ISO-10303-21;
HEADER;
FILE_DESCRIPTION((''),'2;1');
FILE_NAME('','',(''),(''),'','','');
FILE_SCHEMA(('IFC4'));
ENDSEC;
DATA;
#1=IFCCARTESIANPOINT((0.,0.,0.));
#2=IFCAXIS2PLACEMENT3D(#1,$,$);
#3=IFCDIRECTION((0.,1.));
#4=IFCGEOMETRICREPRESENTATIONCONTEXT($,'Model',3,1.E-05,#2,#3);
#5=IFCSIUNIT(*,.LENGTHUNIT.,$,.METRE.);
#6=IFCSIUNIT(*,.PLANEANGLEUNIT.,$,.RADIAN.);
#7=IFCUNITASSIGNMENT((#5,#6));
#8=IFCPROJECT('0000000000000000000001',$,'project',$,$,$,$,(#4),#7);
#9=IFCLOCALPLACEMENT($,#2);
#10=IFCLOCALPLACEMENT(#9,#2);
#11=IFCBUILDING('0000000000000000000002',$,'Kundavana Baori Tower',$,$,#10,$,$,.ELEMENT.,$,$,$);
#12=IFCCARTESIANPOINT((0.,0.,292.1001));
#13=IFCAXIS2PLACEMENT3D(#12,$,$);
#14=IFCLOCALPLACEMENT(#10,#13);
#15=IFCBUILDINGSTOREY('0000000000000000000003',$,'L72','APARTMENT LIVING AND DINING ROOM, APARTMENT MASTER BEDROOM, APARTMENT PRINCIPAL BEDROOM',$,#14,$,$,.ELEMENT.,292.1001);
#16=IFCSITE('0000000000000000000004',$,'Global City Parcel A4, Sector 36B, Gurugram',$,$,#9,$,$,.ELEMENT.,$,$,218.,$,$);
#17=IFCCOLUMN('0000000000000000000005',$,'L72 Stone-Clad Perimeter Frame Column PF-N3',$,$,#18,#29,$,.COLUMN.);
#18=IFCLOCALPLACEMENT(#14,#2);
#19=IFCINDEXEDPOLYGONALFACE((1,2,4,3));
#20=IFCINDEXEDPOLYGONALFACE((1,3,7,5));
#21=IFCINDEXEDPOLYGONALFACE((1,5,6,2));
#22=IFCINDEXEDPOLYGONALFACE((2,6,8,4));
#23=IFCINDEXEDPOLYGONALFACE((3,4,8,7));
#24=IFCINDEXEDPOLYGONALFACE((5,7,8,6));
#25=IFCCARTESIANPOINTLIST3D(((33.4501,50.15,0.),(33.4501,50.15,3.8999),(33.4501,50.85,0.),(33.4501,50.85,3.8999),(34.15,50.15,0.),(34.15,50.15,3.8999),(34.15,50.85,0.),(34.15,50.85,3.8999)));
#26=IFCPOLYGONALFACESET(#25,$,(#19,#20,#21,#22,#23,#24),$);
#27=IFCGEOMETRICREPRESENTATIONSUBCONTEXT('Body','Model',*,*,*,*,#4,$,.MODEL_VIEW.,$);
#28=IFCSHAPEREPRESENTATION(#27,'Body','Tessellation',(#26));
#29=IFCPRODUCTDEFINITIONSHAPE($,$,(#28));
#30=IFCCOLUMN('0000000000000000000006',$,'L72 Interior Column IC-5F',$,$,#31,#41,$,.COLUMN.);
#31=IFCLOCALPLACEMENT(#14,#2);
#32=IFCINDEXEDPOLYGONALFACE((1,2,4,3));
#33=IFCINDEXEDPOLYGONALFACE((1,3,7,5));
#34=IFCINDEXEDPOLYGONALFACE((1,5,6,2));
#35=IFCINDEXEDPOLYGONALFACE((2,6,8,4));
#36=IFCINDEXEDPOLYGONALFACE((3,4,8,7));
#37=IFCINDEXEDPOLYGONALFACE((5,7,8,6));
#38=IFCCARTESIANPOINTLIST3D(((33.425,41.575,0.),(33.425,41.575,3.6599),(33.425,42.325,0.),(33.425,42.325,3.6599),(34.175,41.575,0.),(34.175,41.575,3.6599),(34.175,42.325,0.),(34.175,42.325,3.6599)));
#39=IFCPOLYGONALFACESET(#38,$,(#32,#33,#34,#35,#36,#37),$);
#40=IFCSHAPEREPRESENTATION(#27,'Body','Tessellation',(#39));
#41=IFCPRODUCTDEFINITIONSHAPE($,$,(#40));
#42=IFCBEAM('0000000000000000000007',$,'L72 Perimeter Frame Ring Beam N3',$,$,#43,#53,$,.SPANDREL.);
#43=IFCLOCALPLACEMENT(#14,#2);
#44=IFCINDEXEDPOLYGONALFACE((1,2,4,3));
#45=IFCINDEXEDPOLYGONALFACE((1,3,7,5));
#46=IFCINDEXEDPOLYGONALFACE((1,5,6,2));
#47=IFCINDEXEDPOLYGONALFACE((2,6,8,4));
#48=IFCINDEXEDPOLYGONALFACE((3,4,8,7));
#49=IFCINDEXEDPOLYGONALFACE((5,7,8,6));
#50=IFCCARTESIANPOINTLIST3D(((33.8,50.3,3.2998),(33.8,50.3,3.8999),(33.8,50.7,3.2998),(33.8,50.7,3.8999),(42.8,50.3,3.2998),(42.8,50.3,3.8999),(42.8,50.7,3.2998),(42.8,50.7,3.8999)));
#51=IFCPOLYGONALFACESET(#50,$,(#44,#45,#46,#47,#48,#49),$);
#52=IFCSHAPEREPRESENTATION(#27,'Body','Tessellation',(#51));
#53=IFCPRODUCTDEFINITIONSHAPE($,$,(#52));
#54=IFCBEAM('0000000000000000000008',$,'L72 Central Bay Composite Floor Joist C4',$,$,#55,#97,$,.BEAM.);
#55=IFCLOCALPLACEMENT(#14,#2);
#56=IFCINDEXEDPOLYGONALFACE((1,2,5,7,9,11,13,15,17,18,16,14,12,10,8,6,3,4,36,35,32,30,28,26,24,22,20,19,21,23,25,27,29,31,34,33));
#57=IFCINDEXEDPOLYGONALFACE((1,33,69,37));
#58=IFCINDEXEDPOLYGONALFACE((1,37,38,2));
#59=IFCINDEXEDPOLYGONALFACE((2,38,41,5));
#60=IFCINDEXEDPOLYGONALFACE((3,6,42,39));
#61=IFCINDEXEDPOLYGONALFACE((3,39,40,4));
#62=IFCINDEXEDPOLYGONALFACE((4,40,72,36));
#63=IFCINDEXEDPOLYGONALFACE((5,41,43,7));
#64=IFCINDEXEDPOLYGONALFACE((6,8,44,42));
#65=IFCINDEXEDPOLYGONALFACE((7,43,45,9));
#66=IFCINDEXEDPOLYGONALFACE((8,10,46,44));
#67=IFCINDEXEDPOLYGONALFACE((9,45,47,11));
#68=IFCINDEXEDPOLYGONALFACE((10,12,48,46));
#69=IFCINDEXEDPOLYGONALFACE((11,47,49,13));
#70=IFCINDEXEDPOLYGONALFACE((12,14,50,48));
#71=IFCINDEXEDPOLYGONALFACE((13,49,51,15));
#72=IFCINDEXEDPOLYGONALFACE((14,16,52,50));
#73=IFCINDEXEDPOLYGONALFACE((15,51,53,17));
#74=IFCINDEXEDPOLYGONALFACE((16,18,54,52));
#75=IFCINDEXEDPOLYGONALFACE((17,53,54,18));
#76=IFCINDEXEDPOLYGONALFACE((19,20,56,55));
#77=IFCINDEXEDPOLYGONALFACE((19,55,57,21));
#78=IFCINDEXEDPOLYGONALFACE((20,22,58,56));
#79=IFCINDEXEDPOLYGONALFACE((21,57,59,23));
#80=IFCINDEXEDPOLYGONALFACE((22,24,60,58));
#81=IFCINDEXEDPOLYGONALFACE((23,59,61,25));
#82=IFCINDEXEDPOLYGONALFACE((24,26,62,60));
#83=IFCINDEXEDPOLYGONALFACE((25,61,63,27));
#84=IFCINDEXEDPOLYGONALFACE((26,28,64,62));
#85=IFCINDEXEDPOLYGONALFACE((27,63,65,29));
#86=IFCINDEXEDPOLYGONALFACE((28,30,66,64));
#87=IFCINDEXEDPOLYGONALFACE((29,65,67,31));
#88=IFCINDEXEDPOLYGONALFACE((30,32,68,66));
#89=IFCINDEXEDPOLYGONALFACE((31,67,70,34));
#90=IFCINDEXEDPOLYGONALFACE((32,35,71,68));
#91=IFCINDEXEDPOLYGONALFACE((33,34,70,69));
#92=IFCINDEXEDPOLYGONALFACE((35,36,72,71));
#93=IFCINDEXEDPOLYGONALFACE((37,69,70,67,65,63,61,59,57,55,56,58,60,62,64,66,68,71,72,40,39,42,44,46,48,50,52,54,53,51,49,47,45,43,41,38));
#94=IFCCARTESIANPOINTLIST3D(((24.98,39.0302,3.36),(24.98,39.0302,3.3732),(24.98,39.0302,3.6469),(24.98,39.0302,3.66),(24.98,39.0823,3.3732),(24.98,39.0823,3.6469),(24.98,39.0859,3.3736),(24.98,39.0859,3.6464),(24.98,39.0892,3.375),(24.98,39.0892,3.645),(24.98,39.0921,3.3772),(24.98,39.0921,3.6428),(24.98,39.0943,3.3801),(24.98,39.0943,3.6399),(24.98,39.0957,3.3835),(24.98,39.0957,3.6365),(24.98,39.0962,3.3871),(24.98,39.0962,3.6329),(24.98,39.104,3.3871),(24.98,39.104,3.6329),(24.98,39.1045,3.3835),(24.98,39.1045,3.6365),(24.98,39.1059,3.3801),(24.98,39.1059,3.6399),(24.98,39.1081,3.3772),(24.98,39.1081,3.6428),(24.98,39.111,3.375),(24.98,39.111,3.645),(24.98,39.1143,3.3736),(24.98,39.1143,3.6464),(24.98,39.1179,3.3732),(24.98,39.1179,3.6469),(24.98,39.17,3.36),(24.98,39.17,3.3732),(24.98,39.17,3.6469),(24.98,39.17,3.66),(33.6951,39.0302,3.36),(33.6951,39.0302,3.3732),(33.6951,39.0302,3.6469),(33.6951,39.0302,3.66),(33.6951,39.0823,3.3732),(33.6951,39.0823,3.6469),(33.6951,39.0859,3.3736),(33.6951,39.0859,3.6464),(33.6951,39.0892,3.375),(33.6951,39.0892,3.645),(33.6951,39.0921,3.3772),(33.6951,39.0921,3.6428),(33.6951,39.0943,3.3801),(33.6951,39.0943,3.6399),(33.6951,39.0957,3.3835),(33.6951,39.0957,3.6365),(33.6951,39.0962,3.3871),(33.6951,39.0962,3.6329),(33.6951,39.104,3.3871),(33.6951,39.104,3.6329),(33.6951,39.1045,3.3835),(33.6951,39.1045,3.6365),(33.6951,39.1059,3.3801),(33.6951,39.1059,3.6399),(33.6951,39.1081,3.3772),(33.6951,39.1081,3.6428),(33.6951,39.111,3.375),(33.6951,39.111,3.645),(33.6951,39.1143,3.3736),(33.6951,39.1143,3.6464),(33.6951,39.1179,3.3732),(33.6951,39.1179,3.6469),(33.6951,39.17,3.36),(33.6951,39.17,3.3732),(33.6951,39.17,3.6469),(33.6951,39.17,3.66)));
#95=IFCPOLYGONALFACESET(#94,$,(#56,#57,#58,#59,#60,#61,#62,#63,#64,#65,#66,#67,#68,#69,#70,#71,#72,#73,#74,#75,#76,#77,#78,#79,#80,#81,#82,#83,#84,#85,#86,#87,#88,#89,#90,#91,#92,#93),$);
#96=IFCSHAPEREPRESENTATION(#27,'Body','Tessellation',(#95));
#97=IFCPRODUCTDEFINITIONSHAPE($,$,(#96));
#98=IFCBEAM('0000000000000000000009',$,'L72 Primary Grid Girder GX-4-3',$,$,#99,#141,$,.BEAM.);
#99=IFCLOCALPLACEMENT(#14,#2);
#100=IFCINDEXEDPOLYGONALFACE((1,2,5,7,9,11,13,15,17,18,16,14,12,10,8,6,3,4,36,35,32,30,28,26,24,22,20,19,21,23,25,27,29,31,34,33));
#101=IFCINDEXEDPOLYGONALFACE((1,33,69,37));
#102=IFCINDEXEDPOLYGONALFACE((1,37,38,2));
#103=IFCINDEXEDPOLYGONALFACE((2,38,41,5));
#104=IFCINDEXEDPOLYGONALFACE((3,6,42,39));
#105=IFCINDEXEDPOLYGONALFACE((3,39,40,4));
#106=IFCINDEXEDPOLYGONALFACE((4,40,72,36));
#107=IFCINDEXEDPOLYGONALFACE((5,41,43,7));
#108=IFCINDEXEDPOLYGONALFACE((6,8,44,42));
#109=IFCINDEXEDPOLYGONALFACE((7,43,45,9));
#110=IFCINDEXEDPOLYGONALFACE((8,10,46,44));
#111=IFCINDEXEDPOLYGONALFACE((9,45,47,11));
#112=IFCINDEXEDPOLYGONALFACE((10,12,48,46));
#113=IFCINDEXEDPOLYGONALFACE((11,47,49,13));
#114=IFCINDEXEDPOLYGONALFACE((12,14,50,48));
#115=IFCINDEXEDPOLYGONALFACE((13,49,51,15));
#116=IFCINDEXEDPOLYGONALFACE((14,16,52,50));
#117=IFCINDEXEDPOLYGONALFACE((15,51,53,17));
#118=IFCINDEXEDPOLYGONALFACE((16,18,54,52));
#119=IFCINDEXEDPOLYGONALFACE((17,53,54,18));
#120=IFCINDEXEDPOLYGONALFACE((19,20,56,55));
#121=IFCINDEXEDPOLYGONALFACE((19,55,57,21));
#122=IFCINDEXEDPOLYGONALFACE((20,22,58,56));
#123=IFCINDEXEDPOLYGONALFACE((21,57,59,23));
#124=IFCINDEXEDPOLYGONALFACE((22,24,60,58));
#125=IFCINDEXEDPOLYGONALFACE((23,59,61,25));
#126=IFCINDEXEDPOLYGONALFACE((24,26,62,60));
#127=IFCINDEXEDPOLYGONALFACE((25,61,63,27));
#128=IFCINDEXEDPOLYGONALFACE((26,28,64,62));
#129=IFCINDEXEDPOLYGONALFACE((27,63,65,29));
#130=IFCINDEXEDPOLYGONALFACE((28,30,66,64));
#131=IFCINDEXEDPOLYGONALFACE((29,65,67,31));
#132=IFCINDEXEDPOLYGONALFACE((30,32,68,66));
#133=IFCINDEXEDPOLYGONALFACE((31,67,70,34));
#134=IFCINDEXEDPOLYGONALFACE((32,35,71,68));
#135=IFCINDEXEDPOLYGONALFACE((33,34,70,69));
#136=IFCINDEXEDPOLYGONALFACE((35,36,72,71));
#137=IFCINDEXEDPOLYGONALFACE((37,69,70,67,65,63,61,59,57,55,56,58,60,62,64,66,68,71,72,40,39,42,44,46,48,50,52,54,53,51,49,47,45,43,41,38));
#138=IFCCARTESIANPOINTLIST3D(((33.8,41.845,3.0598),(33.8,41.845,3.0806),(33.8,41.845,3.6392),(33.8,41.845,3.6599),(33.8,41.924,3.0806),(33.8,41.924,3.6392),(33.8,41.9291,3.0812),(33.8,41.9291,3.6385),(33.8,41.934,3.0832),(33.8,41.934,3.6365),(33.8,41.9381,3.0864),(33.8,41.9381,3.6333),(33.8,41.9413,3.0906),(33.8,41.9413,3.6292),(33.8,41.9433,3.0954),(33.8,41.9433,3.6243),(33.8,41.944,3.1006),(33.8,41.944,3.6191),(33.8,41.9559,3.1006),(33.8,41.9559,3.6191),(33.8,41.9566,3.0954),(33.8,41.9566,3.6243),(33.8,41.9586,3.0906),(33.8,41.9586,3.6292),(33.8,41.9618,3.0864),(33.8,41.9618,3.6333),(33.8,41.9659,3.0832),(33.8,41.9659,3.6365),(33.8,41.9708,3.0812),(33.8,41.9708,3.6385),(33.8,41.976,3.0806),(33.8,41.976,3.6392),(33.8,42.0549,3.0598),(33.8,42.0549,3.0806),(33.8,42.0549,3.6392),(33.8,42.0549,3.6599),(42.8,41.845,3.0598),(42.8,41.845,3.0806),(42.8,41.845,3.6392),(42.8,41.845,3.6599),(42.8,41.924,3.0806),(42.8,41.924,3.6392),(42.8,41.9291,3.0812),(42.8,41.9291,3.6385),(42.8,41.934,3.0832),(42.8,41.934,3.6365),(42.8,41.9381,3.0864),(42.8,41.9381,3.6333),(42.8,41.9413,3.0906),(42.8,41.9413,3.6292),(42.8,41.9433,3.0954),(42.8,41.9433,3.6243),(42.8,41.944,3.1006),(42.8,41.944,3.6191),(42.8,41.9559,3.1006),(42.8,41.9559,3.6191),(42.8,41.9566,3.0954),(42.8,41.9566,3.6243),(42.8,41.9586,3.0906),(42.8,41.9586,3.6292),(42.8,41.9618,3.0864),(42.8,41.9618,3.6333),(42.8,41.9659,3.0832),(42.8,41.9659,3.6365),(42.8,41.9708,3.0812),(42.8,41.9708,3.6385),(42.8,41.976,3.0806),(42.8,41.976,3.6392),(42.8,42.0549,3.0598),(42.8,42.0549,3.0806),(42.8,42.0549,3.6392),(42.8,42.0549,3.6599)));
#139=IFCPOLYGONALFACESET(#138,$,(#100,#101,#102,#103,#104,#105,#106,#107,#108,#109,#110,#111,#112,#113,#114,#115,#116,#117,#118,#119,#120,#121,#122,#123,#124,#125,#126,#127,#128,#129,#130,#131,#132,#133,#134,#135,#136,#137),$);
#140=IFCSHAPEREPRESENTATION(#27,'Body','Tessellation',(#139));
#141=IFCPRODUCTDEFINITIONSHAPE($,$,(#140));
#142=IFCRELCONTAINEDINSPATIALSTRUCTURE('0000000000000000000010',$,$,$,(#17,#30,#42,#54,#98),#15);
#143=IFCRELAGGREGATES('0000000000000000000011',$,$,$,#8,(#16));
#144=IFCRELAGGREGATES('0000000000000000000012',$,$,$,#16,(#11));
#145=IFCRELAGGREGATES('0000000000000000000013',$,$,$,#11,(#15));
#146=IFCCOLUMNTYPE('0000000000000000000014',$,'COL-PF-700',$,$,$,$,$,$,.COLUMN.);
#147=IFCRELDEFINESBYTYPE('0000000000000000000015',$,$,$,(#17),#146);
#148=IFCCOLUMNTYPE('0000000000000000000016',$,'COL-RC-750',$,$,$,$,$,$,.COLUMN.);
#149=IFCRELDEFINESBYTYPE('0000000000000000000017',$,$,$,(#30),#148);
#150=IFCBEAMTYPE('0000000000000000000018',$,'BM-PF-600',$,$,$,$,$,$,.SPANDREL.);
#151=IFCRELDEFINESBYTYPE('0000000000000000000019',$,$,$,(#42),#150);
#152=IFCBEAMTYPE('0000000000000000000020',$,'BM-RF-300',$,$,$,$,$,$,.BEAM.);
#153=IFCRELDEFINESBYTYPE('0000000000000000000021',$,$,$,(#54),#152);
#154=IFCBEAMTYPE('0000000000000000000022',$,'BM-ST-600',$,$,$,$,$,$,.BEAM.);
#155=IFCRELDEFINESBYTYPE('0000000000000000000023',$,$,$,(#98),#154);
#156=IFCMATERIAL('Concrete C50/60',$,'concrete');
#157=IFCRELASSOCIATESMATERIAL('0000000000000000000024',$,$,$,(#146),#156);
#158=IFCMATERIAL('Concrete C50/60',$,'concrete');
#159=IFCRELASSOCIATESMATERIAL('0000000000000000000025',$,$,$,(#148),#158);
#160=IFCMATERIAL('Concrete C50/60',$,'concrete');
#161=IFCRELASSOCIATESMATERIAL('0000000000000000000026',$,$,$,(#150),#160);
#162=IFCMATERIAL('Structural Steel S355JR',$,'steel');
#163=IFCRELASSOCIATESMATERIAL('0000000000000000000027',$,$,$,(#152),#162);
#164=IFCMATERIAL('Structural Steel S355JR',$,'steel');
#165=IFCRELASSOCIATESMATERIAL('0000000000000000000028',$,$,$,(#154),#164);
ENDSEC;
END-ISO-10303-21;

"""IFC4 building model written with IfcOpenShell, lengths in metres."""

from ifc_helpers import new_model, si_unit, direction, frame, origin, origin_2d, place, context, subcontext, project, spatial, rectangle, i_section, extrude, material, material_profile, profile_set, type_object, element, save


model = new_model("IFC4")

# Units and contexts
model_context = context("Model", 3, precision=1e-05, world=origin(), true_north=direction((0.0, 1.0)))
body_context = subcontext(model_context, "Body", "Model", "MODEL_VIEW")
ifc_project = project(units=[si_unit("LENGTHUNIT", "METRE"), si_unit("PLANEANGLEUNIT", "RADIAN")], contexts=[model_context])

# Site, building, storey
site_placement = place(None, origin())
site = spatial("IfcSite", under=ifc_project, at=site_placement, Name="Global City Parcel A4, Sector 36B, Gurugram", CompositionType="ELEMENT", RefElevation=218.0)
building_placement = place(site_placement, origin())
building = spatial("IfcBuilding", under=site, at=building_placement, Name="Kundavana Baori Tower", CompositionType="ELEMENT")
storey_placement = place(building_placement, frame((0.0, 0.0, 292.1001)))
storey = spatial("IfcBuildingStorey", under=building, at=storey_placement, Name="L72", Description="APARTMENT LIVING AND DINING ROOM, APARTMENT MASTER BEDROOM, APARTMENT PRINCIPAL BEDROOM", CompositionType="ELEMENT", Elevation=292.1001)

# Columns
ifc_material_1 = material(Name="Concrete C50/60", Category="concrete")
ifc_material_profile_1 = material_profile(ifc_material_1, rectangle(XDim=0.7, YDim=0.7, at=origin_2d()), Name="RC PF 700x700")
ifc_profile_set_1 = profile_set([ifc_material_profile_1], Name="Concrete C50/60")
column_type_1 = type_object("IfcColumnType", Name="COL-PF-700", PredefinedType="COLUMN", material=ifc_profile_set_1)
column_1_placement = place(storey_placement, frame((33.8, 50.5, 0.0), z_axis=(0.0, 0.0, 1.0), x_axis=(1.0, 0.0, 0.0)))
element("IfcColumn", 1, at=column_1_placement, inside=storey, type_object=column_type_1, Name="L72 Stone-Clad Perimeter Frame Column PF-N3", PredefinedType="COLUMN", context=body_context, shape_type="SweptSolid", body=[
    extrude(rectangle(XDim=0.7, YDim=0.7, at=origin_2d()), origin(), (0.0, 0.0, 1.0), 3.8999),
])
ifc_material_2 = material(Name="Concrete C50/60", Category="concrete")
ifc_material_profile_2 = material_profile(ifc_material_2, rectangle(XDim=0.75, YDim=0.75, at=origin_2d()), Name="RC 750x750")
ifc_profile_set_2 = profile_set([ifc_material_profile_2], Name="Concrete C50/60")
column_type_2 = type_object("IfcColumnType", Name="COL-RC-750", PredefinedType="COLUMN", material=ifc_profile_set_2)
column_2_placement = place(storey_placement, frame((33.8, 41.95, 0.0), z_axis=(0.0, 0.0, 1.0), x_axis=(1.0, 0.0, 0.0)))
element("IfcColumn", 2, at=column_2_placement, inside=storey, type_object=column_type_2, Name="L72 Interior Column IC-5F", PredefinedType="COLUMN", context=body_context, shape_type="SweptSolid", body=[
    extrude(rectangle(XDim=0.75, YDim=0.75, at=origin_2d()), origin(), (0.0, 0.0, 1.0), 3.6599),
])

# Beams
ifc_material_3 = material(Name="Concrete C50/60", Category="concrete")
ifc_material_profile_3 = material_profile(ifc_material_3, rectangle(XDim=0.3999, YDim=0.6001, at=origin_2d()), Name="RC BM 400x600")
ifc_profile_set_3 = profile_set([ifc_material_profile_3], Name="Concrete C50/60")
beam_type_1 = type_object("IfcBeamType", Name="BM-PF-600", PredefinedType="SPANDREL", material=ifc_profile_set_3)
beam_1_placement = place(storey_placement, frame((33.8, 50.5, 3.5999), z_axis=(1.0, 0.0, 0.0), x_axis=(0.0, 1.0, 0.0)))
element("IfcBeam", 3, at=beam_1_placement, inside=storey, type_object=beam_type_1, Name="L72 Perimeter Frame Ring Beam N3", PredefinedType="SPANDREL", context=body_context, shape_type="SweptSolid", body=[
    extrude(rectangle(XDim=0.3999, YDim=0.6001, at=origin_2d()), origin(), (0.0, 0.0, 1.0), 9.0),
])
ifc_material_4 = material(Name="Structural Steel S355JR", Category="steel")
ifc_material_profile_4 = material_profile(ifc_material_4, i_section(OverallWidth=0.1399, OverallDepth=0.3, WebThickness=0.0078, FlangeThickness=0.0132, FilletRadius=0.0139, at=origin_2d()), Name="ISMB 300")
ifc_profile_set_4 = profile_set([ifc_material_profile_4], Name="Structural Steel S355JR")
beam_type_2 = type_object("IfcBeamType", Name="BM-RF-300", PredefinedType="BEAM", material=ifc_profile_set_4)
beam_2_placement = place(storey_placement, frame((24.98, 39.1001, 3.51), z_axis=(1.0, 0.0, 0.0), x_axis=(0.0, 1.0, 0.0)))
element("IfcBeam", 4, at=beam_2_placement, inside=storey, type_object=beam_type_2, Name="L72 Central Bay Composite Floor Joist C4", PredefinedType="BEAM", context=body_context, shape_type="SweptSolid", body=[
    extrude(i_section(OverallWidth=0.1399, OverallDepth=0.3, WebThickness=0.0078, FlangeThickness=0.0132, FilletRadius=0.0139, at=origin_2d()), origin(), (0.0, 0.0, 1.0), 8.7151),
])
ifc_material_5 = material(Name="Structural Steel S355JR", Category="steel")
ifc_material_profile_5 = material_profile(ifc_material_5, i_section(OverallWidth=0.21, OverallDepth=0.6001, WebThickness=0.012, FlangeThickness=0.0208, FilletRadius=0.02, at=origin_2d()), Name="ISMB 600")
ifc_profile_set_5 = profile_set([ifc_material_profile_5], Name="Structural Steel S355JR")
beam_type_3 = type_object("IfcBeamType", Name="BM-ST-600", PredefinedType="BEAM", material=ifc_profile_set_5)
beam_3_placement = place(storey_placement, frame((33.8, 41.95, 3.3599), z_axis=(1.0, 0.0, 0.0), x_axis=(0.0, 1.0, 0.0)))
element("IfcBeam", 5, at=beam_3_placement, inside=storey, type_object=beam_type_3, Name="L72 Primary Grid Girder GX-4-3", PredefinedType="BEAM", context=body_context, shape_type="SweptSolid", body=[
    extrude(i_section(OverallWidth=0.21, OverallDepth=0.6001, WebThickness=0.012, FlangeThickness=0.0208, FilletRadius=0.02, at=origin_2d()), origin(), (0.0, 0.0, 1.0), 9.0),
])

save(model, "model.ifc")
